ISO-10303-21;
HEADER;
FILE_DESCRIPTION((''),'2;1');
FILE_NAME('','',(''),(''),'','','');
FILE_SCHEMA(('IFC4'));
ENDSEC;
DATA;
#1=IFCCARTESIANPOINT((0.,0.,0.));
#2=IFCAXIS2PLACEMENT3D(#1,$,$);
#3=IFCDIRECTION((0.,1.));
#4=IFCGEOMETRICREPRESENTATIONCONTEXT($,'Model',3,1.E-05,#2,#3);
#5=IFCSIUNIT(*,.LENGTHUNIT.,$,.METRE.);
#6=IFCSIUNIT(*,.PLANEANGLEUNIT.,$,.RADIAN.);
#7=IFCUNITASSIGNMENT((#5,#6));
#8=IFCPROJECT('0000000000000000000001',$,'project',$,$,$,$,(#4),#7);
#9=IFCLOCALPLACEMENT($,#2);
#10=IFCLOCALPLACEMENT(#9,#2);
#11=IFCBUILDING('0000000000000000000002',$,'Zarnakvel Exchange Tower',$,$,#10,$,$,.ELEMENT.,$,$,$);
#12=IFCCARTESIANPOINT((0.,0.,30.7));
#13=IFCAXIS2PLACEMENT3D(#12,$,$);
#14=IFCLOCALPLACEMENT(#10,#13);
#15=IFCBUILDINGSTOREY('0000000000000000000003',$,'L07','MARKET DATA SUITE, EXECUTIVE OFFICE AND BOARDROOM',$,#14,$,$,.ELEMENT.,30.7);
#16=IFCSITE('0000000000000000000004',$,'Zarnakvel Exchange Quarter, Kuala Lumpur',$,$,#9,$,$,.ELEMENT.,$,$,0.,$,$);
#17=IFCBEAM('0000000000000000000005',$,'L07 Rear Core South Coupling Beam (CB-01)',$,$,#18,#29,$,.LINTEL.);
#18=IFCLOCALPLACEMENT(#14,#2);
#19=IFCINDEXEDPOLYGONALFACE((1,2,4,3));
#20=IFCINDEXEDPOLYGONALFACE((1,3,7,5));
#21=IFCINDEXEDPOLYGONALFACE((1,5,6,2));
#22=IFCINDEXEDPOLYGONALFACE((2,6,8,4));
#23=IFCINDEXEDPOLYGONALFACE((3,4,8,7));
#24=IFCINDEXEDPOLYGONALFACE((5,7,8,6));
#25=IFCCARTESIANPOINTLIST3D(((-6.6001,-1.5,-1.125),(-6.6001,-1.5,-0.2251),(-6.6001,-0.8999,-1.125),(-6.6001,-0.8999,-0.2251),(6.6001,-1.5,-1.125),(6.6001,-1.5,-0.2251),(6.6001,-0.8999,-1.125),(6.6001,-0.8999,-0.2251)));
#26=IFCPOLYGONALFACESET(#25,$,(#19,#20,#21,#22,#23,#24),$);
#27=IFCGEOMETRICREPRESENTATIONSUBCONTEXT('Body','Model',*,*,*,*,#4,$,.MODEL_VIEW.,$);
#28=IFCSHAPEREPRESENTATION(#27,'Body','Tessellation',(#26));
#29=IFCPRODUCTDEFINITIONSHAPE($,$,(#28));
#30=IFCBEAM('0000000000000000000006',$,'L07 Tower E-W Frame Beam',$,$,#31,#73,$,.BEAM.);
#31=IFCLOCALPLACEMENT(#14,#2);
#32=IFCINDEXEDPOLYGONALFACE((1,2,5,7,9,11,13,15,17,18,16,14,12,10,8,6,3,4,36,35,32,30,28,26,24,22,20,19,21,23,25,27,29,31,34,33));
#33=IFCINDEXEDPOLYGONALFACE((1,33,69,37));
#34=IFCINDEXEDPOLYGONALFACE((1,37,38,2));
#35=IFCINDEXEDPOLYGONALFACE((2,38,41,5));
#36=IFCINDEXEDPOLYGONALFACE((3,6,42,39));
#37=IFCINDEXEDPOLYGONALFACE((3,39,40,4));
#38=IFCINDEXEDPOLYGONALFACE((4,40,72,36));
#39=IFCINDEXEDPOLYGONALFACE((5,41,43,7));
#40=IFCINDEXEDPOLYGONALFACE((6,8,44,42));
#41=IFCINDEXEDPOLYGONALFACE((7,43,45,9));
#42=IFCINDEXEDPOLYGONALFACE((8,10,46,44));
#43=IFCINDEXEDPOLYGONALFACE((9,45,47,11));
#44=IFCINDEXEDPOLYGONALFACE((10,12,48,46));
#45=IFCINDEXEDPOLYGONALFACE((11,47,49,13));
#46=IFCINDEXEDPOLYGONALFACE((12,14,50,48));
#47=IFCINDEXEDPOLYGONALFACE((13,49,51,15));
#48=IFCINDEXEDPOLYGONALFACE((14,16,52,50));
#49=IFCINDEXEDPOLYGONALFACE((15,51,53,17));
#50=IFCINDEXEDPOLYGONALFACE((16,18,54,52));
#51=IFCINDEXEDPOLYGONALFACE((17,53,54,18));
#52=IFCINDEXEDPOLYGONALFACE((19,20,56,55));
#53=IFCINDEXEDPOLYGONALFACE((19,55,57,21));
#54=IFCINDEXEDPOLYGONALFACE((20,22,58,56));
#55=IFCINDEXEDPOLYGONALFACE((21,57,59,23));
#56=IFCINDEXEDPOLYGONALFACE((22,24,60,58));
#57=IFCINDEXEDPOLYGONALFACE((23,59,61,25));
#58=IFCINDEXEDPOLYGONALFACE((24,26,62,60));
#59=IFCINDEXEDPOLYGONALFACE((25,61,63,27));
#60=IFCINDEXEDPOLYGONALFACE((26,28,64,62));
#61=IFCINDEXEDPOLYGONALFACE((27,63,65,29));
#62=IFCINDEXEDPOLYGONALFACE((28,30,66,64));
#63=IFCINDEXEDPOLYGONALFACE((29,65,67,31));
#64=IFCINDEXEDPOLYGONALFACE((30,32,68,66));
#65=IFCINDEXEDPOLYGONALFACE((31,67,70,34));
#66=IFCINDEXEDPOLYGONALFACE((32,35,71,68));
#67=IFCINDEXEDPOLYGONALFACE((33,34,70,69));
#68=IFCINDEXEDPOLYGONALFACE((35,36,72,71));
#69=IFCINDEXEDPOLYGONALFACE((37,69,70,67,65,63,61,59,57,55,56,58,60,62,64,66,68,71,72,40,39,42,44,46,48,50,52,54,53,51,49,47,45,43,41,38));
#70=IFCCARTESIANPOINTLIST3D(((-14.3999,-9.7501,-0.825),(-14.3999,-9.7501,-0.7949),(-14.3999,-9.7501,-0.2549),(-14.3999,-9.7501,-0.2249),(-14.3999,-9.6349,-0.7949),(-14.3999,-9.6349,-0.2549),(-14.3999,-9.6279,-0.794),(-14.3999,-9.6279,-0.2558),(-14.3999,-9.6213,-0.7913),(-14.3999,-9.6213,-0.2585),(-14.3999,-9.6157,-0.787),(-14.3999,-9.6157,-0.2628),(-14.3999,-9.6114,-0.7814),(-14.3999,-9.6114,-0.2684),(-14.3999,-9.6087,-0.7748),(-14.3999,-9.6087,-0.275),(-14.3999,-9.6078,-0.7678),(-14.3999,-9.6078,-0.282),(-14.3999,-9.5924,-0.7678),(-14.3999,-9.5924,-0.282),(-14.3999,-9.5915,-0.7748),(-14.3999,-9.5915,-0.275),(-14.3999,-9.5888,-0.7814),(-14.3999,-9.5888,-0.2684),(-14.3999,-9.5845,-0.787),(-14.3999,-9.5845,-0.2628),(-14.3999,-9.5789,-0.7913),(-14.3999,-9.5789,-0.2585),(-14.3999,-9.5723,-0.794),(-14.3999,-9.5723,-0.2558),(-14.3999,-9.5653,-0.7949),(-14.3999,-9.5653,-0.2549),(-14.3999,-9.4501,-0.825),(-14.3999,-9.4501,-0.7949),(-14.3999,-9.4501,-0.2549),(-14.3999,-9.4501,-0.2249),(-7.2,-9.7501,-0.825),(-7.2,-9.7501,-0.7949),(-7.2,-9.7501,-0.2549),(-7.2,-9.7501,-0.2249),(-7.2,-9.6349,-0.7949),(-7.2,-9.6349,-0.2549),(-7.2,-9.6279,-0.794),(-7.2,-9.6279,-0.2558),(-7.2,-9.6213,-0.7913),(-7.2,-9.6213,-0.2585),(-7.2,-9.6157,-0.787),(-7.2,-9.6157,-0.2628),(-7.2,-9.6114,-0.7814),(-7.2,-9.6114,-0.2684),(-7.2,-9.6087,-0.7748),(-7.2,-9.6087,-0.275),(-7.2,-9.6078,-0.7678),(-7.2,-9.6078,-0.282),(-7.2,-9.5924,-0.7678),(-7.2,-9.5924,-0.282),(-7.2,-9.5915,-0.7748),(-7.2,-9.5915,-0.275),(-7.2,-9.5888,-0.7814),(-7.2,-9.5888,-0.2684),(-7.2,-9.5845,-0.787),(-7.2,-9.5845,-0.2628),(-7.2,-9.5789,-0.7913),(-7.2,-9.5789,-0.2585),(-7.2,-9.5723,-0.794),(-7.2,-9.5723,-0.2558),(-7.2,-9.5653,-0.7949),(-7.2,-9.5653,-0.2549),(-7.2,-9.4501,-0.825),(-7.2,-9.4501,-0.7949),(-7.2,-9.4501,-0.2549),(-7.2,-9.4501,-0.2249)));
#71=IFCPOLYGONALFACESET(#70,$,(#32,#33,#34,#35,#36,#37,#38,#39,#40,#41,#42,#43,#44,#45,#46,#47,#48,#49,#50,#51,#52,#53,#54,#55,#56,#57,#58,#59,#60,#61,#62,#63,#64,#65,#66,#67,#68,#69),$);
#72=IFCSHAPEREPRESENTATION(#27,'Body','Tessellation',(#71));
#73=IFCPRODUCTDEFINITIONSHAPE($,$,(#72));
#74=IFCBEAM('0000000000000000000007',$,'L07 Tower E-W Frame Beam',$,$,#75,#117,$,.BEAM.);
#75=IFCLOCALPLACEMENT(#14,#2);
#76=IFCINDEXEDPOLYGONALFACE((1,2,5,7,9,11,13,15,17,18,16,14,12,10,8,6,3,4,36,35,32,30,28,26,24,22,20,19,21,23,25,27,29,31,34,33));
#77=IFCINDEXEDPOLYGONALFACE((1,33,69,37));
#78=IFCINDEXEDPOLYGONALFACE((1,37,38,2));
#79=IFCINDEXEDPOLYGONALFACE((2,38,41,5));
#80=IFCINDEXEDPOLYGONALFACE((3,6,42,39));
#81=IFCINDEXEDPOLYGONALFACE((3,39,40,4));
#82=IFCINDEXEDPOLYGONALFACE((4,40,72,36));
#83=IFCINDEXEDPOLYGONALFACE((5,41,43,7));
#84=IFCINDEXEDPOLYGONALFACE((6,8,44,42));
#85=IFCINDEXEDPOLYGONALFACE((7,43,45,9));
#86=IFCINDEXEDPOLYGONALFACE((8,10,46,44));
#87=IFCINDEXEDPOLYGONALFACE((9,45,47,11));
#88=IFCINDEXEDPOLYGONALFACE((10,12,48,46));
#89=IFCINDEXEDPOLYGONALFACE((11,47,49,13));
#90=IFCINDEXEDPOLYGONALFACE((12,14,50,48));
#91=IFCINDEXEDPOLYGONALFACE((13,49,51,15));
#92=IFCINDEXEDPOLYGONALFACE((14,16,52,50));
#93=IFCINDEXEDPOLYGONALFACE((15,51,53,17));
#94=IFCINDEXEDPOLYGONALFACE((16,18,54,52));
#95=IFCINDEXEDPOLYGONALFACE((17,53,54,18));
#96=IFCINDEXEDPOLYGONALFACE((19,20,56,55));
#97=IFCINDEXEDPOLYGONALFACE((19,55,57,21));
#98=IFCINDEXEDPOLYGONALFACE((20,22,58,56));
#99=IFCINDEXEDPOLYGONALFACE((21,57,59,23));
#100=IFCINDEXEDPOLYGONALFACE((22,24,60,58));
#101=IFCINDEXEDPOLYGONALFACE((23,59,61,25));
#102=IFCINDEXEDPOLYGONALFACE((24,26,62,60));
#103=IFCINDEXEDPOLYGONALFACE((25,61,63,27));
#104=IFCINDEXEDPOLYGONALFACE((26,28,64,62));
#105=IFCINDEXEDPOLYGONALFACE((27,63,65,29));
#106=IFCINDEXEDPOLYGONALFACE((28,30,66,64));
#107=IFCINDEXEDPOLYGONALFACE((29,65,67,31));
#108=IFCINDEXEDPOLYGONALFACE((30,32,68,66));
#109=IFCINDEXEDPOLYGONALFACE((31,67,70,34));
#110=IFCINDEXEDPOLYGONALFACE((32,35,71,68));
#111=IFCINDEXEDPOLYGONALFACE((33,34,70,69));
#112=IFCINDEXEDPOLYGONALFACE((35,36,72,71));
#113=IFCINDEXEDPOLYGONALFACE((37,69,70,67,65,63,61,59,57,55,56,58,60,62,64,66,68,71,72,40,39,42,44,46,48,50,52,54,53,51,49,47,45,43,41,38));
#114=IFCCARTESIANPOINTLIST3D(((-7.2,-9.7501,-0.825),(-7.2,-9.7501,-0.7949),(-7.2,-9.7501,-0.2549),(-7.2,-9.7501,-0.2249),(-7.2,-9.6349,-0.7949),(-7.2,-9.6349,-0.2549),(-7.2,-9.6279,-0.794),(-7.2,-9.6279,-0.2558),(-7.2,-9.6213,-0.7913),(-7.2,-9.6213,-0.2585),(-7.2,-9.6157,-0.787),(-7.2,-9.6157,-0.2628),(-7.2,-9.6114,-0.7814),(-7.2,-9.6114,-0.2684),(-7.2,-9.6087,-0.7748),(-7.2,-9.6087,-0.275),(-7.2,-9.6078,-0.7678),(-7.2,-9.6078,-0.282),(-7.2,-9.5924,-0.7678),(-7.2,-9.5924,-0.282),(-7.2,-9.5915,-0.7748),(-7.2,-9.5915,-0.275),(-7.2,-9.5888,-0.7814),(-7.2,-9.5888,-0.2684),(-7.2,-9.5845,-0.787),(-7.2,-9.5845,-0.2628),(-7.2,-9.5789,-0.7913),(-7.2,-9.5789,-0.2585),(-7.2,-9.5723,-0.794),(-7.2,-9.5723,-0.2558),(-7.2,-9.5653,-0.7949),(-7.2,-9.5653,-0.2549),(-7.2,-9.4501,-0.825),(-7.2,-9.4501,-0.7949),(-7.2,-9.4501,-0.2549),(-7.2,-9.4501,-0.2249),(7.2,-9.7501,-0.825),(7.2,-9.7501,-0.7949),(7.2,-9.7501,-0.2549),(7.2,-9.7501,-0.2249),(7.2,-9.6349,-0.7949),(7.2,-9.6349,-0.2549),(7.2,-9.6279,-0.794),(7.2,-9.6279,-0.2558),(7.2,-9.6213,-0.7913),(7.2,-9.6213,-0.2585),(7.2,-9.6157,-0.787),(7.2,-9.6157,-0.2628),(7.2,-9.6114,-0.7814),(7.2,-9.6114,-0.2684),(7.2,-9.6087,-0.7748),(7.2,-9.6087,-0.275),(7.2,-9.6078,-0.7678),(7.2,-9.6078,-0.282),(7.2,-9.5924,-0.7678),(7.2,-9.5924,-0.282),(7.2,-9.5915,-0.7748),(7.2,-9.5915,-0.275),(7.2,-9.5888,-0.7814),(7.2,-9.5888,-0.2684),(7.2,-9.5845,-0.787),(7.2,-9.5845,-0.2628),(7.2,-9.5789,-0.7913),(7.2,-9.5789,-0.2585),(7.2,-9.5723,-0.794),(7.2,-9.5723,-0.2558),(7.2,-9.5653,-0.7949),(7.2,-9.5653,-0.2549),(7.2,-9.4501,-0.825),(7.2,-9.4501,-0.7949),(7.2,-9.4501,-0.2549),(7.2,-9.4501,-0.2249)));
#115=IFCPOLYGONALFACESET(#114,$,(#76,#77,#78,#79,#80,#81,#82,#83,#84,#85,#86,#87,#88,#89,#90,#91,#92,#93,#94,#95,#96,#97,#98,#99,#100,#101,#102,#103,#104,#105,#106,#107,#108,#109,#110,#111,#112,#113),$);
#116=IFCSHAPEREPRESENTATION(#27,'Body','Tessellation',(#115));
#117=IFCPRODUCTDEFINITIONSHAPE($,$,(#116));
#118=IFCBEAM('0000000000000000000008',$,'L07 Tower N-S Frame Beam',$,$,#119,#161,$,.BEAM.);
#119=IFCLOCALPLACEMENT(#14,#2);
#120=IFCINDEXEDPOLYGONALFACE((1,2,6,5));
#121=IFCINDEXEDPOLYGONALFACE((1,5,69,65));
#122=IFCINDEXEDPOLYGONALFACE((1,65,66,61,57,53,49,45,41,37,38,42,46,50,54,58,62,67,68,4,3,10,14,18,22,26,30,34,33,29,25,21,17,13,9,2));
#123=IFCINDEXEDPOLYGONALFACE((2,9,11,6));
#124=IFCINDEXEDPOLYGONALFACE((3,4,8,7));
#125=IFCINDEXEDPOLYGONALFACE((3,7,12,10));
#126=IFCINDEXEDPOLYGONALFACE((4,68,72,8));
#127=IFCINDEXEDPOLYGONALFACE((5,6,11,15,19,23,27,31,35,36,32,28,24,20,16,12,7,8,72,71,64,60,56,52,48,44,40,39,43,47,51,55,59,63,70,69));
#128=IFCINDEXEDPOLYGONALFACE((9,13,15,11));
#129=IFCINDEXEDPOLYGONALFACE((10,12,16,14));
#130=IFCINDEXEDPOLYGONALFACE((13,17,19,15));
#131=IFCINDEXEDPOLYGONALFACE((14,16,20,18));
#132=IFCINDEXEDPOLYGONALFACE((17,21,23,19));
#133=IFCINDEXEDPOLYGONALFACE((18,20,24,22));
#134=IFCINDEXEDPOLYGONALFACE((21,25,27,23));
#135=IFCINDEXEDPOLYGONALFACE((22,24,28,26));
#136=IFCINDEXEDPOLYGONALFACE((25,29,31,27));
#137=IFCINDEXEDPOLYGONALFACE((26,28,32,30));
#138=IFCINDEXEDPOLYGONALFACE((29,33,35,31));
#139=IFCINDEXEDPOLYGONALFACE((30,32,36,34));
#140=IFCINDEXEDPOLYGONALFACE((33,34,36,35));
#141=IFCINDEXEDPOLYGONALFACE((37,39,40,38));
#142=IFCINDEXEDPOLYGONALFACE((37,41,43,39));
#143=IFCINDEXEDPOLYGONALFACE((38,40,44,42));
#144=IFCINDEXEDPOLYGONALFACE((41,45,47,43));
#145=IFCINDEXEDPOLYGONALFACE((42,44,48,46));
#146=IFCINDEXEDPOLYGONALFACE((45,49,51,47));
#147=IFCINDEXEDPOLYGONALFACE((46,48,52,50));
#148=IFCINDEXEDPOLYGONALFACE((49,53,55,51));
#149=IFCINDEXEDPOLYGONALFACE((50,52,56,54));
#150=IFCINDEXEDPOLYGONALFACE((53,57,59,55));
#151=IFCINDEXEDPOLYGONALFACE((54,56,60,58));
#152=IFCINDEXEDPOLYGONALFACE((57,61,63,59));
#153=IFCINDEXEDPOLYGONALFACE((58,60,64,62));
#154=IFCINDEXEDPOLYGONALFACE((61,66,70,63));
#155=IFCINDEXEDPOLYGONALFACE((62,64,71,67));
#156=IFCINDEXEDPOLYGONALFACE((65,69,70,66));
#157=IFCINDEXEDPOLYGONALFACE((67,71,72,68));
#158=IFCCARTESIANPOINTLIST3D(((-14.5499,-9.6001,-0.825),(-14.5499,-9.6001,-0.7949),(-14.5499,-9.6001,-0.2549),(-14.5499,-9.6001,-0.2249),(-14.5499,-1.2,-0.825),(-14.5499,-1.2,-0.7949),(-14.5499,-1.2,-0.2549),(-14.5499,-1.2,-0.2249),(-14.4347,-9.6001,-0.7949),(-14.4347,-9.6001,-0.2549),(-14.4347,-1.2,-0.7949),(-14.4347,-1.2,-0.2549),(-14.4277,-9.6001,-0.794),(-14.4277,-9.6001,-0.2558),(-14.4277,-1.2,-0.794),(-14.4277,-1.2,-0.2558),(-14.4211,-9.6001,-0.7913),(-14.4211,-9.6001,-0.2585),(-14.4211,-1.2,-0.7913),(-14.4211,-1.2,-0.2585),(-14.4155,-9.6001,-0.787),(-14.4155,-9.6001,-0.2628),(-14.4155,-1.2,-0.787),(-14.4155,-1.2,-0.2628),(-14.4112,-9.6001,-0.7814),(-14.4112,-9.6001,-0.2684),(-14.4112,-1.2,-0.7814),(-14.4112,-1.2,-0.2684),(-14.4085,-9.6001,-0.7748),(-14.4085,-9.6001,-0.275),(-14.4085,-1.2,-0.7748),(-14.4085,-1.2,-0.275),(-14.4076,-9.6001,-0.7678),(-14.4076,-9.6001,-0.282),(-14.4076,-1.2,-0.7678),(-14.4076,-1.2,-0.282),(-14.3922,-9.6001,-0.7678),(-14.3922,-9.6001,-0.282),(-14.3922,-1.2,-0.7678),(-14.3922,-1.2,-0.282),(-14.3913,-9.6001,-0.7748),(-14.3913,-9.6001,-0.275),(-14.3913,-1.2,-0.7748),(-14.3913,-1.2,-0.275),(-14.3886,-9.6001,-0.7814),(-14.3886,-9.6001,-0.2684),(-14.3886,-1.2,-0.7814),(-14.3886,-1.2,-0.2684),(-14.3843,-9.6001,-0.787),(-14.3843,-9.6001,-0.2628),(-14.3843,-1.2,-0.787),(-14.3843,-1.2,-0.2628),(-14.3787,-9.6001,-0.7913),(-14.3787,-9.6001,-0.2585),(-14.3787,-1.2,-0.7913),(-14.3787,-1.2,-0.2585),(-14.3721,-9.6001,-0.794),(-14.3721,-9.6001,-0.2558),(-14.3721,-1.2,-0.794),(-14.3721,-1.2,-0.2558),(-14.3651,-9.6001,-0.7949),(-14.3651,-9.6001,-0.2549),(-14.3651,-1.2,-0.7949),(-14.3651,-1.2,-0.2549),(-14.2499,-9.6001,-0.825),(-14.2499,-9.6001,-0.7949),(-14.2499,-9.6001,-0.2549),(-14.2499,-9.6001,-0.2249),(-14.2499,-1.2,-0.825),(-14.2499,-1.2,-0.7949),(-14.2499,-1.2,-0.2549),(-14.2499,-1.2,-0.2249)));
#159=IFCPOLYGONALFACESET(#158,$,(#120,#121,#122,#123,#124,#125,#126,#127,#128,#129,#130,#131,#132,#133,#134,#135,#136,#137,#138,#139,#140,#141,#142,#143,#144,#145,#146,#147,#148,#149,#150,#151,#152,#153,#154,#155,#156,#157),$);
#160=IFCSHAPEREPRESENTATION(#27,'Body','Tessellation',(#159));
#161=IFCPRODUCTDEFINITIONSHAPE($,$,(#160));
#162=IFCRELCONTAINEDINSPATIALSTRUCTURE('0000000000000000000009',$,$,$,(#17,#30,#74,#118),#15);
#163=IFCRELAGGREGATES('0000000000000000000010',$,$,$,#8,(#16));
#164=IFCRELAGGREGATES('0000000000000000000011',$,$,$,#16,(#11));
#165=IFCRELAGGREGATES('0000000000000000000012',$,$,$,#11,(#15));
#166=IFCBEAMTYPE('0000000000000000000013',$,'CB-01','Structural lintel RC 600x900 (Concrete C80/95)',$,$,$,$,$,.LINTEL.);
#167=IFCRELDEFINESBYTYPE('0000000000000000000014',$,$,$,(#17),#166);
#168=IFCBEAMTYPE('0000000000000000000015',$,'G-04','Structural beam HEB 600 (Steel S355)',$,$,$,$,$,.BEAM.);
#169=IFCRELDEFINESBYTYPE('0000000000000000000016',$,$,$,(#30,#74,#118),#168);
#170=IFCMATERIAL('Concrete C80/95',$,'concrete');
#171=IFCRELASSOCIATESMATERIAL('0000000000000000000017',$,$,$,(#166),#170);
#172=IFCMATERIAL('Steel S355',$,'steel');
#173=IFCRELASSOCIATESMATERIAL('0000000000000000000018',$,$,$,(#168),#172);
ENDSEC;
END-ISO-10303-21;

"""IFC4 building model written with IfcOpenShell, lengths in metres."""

from ifc_helpers import new_model, si_unit, direction, frame, origin, origin_2d, place, context, subcontext, project, spatial, rectangle, i_section, extrude, material, material_profile, profile_set, type_object, element, save


model = new_model("IFC4")

# Units and contexts
model_context = context("Model", 3, precision=1e-05, world=origin(), true_north=direction((0.0, 1.0)))
body_context = subcontext(model_context, "Body", "Model", "MODEL_VIEW")
ifc_project = project(units=[si_unit("LENGTHUNIT", "METRE"), si_unit("PLANEANGLEUNIT", "RADIAN")], contexts=[model_context])

# Site, building, storey
site_placement = place(None, origin())
site = spatial("IfcSite", under=ifc_project, at=site_placement, Name="Zarnakvel Exchange Quarter, Kuala Lumpur", CompositionType="ELEMENT", RefElevation=0.0)
building_placement = place(site_placement, origin())
building = spatial("IfcBuilding", under=site, at=building_placement, Name="Zarnakvel Exchange Tower", CompositionType="ELEMENT")
storey_placement = place(building_placement, frame((0.0, 0.0, 30.7)))
storey = spatial("IfcBuildingStorey", under=building, at=storey_placement, Name="L07", Description="MARKET DATA SUITE, EXECUTIVE OFFICE AND BOARDROOM", CompositionType="ELEMENT", Elevation=30.7)

# Shared definitions
ifc_material_1 = material(Name="Concrete C80/95", Category="concrete")

# Beams
ifc_material_2 = material(Name="Steel S355", Category="steel")
ifc_material_profile_1 = material_profile(ifc_material_1, rectangle(XDim=0.6001, YDim=0.8999, at=origin_2d()))
ifc_profile_set_1 = profile_set([ifc_material_profile_1], Name="Concrete C80/95")
beam_type_1 = type_object("IfcBeamType", Name="CB-01", Description="Structural lintel RC 600x900 (Concrete C80/95)", PredefinedType="LINTEL", material=ifc_profile_set_1)
beam_1_placement = place(storey_placement, frame((-6.6001, -1.2, -0.675), z_axis=(1.0, 0.0, 0.0), x_axis=(0.0, 1.0, 0.0)))
element("IfcBeam", 1, at=beam_1_placement, inside=storey, type_object=beam_type_1, Name="L07 Rear Core South Coupling Beam (CB-01)", PredefinedType="LINTEL", context=body_context, shape_type="SweptSolid", body=[
    extrude(rectangle(XDim=0.6001, YDim=0.8999, at=origin_2d()), origin(), (0.0, 0.0, 1.0), 13.2002),
])
ifc_material_profile_2 = material_profile(ifc_material_2, i_section(OverallWidth=0.3, OverallDepth=0.6001, WebThickness=0.0154, FlangeThickness=0.03, FilletRadius=0.0271, at=origin_2d()))
ifc_profile_set_2 = profile_set([ifc_material_profile_2], Name="Steel S355")
beam_type_2 = type_object("IfcBeamType", Name="G-04", Description="Structural beam HEB 600 (Steel S355)", PredefinedType="BEAM", material=ifc_profile_set_2)
beam_2_placement = place(storey_placement, frame((-14.3999, -9.6001, -0.5249), z_axis=(1.0, 0.0, 0.0), x_axis=(0.0, 1.0, 0.0)))
element("IfcBeam", 2, at=beam_2_placement, inside=storey, type_object=beam_type_2, Name="L07 Tower E-W Frame Beam", PredefinedType="BEAM", context=body_context, shape_type="SweptSolid", body=[
    extrude(i_section(OverallWidth=0.3, OverallDepth=0.6001, WebThickness=0.0154, FlangeThickness=0.03, FilletRadius=0.0271, at=origin_2d()), origin(), (0.0, 0.0, 1.0), 7.2),
])
beam_3_placement = place(storey_placement, frame((-7.2, -9.6001, -0.5249), z_axis=(1.0, 0.0, 0.0), x_axis=(0.0, 1.0, 0.0)))
element("IfcBeam", 3, at=beam_3_placement, inside=storey, type_object=beam_type_2, Name="L07 Tower E-W Frame Beam", PredefinedType="BEAM", context=body_context, shape_type="SweptSolid", body=[
    extrude(i_section(OverallWidth=0.3, OverallDepth=0.6001, WebThickness=0.0154, FlangeThickness=0.03, FilletRadius=0.0271, at=origin_2d()), origin(), (0.0, 0.0, 1.0), 14.3999),
])
for number, where, z_axis, x_axis, name in (
    (4, (-14.3999, -9.6001, -0.5249), (0.0, 1.0, 0.0), (-1.0, 0.0, 0.0), "L07 Tower N-S Frame Beam"),
):
    element("IfcBeam", number, at=place(storey_placement, frame(where, z_axis=z_axis, x_axis=x_axis)), inside=storey, type_object=beam_type_2, Name=name, PredefinedType="BEAM", context=body_context, shape_type="SweptSolid", body=[
        extrude(i_section(OverallWidth=0.3, OverallDepth=0.6001, WebThickness=0.0154, FlangeThickness=0.03, FilletRadius=0.0271, at=origin_2d()), origin(), (0.0, 0.0, 1.0), 8.4001),
    ])

save(model, "model.ifc")
